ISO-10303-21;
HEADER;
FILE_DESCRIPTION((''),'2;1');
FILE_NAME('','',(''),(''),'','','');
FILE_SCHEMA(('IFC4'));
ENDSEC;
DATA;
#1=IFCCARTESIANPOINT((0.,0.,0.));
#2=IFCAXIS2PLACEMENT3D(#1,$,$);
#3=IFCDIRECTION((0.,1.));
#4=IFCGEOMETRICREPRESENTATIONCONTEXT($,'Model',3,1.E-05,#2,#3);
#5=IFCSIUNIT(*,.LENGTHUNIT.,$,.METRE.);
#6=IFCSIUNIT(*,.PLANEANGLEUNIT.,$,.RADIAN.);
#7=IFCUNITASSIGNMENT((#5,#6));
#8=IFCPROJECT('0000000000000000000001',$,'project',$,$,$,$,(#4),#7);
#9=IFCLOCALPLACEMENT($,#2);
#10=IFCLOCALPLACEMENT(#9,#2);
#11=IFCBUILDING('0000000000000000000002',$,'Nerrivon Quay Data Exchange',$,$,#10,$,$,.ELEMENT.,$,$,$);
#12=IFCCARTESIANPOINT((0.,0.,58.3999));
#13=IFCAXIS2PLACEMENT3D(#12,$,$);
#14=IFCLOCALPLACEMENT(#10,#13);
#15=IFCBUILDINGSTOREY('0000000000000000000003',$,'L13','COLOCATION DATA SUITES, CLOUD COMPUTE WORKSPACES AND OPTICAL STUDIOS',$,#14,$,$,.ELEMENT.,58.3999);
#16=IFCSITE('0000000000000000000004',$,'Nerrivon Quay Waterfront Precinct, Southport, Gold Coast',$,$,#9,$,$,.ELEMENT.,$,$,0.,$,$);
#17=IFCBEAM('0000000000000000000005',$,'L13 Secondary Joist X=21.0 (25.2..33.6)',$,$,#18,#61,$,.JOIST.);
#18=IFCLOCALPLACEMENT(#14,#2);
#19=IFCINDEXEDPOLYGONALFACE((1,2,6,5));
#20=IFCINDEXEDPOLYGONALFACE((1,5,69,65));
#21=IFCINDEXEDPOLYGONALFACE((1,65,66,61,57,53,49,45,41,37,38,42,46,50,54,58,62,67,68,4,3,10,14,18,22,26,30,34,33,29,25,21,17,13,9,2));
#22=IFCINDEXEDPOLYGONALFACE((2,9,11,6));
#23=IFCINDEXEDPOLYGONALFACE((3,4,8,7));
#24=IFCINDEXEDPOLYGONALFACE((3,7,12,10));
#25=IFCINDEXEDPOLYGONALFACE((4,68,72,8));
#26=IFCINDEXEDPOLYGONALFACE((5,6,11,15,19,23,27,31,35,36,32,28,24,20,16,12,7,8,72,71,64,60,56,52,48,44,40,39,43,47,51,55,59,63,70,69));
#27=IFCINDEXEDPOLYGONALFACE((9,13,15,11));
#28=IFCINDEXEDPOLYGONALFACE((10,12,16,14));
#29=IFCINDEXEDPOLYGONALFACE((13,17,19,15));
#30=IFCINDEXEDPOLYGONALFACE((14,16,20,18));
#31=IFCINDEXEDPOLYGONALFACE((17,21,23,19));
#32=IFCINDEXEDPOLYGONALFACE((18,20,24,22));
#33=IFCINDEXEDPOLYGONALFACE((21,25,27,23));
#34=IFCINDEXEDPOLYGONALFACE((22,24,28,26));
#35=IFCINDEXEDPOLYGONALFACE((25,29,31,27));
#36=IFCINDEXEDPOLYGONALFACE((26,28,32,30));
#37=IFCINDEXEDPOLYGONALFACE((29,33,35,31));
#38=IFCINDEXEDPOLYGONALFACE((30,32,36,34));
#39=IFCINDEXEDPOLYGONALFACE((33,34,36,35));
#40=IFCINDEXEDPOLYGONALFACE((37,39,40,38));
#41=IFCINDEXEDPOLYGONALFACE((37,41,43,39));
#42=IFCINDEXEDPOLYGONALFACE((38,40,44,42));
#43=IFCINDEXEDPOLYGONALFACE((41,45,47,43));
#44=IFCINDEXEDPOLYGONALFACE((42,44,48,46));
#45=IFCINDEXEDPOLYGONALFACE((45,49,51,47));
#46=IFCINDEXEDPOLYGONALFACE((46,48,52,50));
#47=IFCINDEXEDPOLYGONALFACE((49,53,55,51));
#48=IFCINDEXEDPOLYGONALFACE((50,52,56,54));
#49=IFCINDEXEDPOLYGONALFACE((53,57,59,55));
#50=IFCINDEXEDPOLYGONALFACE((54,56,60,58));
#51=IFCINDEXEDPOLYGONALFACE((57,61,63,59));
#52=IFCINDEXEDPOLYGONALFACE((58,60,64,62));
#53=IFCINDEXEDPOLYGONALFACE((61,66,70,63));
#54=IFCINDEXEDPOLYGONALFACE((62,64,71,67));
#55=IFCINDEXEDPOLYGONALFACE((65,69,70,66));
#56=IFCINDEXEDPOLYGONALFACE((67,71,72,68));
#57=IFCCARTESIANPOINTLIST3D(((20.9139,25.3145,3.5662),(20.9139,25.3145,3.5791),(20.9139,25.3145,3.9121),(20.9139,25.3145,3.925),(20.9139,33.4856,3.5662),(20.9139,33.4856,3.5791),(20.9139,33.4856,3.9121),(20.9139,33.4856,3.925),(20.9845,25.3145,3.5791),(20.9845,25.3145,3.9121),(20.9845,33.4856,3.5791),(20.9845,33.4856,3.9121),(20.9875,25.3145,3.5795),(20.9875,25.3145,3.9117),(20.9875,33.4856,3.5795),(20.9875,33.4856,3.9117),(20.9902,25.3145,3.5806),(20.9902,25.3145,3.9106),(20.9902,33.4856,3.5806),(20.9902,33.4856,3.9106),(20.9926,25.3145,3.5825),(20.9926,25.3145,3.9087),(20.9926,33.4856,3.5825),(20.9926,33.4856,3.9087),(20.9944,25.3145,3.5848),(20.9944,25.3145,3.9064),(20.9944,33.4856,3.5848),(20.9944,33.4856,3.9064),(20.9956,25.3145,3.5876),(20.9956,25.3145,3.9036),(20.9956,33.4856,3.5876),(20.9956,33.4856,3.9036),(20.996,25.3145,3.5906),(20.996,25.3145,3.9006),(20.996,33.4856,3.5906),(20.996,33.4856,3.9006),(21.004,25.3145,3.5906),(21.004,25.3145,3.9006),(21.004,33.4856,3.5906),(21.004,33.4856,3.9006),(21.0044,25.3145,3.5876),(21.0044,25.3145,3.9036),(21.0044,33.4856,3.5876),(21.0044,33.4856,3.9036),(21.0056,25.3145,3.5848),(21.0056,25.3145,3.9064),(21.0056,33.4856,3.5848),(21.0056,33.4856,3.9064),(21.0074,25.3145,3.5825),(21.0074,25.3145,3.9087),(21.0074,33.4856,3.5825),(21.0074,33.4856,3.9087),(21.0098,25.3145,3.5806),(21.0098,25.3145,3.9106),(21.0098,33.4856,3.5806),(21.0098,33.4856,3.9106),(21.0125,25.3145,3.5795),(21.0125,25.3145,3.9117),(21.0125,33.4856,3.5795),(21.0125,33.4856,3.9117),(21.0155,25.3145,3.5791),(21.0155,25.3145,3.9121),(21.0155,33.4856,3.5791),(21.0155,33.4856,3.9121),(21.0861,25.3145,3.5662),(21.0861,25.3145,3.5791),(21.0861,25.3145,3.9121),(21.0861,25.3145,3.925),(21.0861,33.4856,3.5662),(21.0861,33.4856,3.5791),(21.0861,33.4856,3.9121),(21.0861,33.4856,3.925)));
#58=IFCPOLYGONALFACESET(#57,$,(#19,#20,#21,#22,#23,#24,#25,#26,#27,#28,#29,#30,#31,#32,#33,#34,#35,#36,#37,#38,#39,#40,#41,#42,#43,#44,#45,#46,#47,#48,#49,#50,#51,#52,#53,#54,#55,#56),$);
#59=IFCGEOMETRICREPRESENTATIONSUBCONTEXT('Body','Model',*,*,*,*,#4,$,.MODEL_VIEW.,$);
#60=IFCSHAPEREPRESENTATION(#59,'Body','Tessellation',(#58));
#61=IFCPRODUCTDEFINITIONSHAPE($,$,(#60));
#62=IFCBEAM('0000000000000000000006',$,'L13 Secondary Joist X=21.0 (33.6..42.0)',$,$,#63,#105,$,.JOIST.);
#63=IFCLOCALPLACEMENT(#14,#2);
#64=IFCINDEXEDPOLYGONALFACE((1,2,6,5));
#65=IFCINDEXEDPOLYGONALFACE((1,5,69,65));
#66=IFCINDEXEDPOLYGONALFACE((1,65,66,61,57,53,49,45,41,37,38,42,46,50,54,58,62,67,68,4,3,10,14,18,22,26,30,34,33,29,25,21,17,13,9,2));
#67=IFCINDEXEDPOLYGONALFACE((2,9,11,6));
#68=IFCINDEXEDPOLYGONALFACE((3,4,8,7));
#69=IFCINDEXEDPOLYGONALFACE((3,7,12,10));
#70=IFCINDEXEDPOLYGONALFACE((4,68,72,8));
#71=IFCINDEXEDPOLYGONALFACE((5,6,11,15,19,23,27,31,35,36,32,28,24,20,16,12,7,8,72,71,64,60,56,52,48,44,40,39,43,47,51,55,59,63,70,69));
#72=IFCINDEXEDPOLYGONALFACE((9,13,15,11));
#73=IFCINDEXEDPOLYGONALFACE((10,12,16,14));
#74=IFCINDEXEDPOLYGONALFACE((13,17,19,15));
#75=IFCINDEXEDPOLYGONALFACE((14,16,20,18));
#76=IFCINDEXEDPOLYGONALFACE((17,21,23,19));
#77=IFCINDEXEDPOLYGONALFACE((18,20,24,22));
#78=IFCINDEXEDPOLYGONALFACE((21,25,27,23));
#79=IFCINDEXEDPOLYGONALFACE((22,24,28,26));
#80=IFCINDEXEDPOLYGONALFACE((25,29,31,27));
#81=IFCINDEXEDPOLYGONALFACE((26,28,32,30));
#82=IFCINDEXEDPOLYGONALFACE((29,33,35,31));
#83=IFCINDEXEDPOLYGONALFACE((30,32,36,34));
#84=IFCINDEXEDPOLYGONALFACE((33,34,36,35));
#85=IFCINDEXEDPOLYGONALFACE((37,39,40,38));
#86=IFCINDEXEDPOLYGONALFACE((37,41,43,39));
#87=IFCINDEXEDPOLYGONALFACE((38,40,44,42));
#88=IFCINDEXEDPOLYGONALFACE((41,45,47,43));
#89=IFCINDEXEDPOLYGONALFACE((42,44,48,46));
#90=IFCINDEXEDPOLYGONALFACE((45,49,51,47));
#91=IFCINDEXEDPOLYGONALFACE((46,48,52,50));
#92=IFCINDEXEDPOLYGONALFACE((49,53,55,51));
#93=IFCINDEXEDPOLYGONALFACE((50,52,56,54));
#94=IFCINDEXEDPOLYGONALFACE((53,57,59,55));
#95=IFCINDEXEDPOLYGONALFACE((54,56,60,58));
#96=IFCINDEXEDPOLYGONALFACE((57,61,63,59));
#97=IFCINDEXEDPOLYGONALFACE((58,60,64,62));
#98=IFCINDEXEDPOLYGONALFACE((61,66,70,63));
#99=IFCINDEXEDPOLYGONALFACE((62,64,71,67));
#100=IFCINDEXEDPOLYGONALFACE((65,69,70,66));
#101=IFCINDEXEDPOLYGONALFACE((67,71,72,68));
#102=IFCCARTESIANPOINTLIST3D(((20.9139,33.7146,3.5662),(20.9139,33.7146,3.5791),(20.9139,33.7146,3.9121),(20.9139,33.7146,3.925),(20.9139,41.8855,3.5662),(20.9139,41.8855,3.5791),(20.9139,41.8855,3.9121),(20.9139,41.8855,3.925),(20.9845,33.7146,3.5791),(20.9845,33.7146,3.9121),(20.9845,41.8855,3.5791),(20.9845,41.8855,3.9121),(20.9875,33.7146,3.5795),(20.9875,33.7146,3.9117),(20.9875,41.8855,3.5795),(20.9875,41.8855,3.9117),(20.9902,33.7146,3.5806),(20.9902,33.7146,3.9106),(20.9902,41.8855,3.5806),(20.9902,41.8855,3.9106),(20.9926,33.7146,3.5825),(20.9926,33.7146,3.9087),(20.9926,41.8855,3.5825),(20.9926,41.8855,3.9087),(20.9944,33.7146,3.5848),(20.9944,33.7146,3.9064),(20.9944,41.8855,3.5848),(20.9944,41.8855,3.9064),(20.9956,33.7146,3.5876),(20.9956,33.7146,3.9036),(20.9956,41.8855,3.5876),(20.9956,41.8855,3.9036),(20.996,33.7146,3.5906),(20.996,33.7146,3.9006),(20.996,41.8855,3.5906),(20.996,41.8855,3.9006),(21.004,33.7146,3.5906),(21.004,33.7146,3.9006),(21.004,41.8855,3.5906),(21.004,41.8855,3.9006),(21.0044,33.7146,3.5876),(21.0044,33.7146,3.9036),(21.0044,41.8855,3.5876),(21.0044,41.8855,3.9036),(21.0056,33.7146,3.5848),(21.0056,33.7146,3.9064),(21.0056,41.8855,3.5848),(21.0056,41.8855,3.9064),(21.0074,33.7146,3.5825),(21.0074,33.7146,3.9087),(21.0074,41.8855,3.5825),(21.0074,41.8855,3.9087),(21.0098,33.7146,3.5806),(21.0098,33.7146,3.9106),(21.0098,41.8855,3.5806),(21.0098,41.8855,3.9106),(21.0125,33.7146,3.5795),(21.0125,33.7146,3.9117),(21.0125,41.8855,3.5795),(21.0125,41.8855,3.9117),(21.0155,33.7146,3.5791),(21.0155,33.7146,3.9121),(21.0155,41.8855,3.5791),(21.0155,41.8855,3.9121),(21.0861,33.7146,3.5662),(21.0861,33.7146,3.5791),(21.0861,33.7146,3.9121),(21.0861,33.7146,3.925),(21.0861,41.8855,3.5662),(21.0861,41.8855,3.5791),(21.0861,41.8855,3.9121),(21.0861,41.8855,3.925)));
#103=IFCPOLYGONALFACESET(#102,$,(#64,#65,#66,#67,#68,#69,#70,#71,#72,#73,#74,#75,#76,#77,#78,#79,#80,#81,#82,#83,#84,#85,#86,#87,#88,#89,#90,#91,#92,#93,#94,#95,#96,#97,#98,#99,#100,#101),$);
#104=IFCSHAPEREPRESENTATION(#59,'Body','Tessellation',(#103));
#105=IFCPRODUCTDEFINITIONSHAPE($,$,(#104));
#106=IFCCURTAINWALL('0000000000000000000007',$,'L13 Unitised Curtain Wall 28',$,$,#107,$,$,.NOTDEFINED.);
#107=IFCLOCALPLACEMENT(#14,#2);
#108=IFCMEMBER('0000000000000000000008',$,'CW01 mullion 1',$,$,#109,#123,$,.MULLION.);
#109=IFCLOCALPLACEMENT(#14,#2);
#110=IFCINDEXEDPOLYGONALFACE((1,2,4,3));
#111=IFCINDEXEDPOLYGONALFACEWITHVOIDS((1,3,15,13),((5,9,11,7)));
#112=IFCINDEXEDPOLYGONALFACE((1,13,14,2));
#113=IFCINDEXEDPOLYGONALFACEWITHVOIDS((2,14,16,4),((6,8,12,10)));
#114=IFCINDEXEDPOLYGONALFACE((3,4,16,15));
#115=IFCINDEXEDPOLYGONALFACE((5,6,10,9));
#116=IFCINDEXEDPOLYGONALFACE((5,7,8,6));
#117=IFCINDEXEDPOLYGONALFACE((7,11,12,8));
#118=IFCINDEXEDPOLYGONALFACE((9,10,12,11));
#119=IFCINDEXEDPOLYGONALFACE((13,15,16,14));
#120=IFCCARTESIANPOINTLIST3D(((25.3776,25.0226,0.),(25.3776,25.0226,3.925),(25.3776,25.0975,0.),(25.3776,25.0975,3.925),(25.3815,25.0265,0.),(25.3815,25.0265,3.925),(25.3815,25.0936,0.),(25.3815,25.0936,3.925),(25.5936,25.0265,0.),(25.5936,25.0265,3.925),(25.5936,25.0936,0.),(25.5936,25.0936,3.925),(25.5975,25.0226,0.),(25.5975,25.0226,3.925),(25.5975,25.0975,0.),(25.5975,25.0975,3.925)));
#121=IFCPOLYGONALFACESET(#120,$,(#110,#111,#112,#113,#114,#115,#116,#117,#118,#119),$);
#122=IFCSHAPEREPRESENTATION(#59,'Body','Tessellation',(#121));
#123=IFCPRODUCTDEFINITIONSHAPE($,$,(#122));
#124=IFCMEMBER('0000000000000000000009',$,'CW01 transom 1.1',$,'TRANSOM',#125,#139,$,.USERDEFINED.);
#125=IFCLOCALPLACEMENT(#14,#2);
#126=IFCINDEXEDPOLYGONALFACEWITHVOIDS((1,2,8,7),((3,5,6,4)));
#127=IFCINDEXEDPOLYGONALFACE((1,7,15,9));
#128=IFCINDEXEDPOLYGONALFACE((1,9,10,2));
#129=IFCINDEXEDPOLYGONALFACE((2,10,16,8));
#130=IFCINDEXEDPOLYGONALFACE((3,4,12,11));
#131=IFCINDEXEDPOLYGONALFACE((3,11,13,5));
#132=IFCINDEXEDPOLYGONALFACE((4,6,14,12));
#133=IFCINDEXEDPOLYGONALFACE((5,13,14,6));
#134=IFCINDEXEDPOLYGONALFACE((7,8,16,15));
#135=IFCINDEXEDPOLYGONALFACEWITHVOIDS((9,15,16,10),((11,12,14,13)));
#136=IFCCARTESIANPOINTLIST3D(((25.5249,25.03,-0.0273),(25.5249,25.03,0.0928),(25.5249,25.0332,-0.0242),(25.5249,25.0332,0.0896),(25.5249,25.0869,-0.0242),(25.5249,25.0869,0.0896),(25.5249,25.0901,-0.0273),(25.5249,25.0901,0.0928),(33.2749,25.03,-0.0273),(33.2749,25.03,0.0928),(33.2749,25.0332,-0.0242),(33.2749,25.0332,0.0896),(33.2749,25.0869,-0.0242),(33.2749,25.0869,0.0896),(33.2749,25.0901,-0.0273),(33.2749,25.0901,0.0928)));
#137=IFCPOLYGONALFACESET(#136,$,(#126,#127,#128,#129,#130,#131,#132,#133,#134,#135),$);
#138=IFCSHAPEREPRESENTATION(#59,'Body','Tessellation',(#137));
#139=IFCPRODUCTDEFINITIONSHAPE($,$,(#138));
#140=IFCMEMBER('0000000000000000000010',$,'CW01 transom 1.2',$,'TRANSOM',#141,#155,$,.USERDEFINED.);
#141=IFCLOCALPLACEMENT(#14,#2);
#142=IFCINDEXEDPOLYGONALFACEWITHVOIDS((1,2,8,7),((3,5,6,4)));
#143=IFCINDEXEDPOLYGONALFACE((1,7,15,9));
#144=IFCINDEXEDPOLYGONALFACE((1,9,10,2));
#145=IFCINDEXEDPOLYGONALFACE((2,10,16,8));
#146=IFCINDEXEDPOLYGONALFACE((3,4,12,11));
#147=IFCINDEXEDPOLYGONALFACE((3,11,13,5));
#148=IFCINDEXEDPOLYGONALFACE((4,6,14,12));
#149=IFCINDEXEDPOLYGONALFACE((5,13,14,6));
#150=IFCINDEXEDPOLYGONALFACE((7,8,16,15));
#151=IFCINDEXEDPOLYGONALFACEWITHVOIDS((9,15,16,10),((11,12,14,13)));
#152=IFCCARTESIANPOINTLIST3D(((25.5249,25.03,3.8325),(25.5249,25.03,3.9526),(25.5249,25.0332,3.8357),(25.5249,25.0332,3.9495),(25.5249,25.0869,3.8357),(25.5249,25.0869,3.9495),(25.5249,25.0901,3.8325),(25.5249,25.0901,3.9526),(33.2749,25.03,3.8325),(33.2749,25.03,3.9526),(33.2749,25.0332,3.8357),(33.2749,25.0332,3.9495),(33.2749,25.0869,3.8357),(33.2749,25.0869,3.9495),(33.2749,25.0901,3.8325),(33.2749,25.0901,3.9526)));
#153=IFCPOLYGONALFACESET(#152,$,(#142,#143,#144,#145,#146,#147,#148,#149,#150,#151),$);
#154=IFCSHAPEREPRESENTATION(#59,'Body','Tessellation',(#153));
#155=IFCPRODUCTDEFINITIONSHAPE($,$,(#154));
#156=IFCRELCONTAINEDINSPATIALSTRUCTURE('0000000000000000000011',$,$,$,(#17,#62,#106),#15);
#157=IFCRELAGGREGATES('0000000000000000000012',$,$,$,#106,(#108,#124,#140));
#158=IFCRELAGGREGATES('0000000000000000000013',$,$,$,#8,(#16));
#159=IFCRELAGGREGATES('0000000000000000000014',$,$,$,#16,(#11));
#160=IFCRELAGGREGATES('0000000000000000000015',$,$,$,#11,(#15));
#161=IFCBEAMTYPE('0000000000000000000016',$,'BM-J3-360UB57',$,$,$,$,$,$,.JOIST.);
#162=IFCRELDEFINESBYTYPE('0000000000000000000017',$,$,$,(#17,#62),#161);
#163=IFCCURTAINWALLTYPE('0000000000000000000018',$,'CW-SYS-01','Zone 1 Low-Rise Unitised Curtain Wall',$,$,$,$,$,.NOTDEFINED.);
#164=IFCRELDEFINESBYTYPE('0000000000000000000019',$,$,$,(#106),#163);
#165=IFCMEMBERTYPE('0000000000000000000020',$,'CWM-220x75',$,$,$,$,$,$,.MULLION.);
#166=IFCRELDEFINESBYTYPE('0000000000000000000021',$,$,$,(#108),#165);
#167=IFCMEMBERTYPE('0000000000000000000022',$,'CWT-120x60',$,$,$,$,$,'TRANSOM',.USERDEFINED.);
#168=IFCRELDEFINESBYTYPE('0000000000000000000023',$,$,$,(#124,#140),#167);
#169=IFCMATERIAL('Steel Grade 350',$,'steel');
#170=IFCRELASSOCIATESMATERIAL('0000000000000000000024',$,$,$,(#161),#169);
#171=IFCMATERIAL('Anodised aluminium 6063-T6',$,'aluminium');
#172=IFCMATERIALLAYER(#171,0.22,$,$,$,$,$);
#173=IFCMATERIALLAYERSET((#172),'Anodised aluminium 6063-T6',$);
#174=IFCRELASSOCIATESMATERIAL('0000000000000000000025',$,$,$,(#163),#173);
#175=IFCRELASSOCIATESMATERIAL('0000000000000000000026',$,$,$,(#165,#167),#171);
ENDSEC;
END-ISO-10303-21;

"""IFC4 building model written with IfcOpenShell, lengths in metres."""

from ifc_helpers import new_model, si_unit, direction, frame, origin, origin_2d, place, context, subcontext, project, spatial, hollow_rectangle, i_section, extrude, material, layer, layer_set, material_profile, profile_set, type_object, element, aggregate, save


model = new_model("IFC4")

# Units and contexts
model_context = context("Model", 3, precision=1e-05, world=origin(), true_north=direction((0.0, 1.0)))
body_context = subcontext(model_context, "Body", "Model", "MODEL_VIEW")
ifc_project = project(units=[si_unit("LENGTHUNIT", "METRE"), si_unit("PLANEANGLEUNIT", "RADIAN")], contexts=[model_context])

# Site, building, storey
site_placement = place(None, origin())
site = spatial("IfcSite", under=ifc_project, at=site_placement, Name="Nerrivon Quay Waterfront Precinct, Southport, Gold Coast", CompositionType="ELEMENT", RefElevation=0.0)
building_placement = place(site_placement, origin())
building = spatial("IfcBuilding", under=site, at=building_placement, Name="Nerrivon Quay Data Exchange", CompositionType="ELEMENT")
storey_placement = place(building_placement, frame((0.0, 0.0, 58.3999)))
storey = spatial("IfcBuildingStorey", under=building, at=storey_placement, Name="L13", Description="COLOCATION DATA SUITES, CLOUD COMPUTE WORKSPACES AND OPTICAL STUDIOS", CompositionType="ELEMENT", Elevation=58.3999)

# Shared definitions
ifc_material_1 = material(Name="Steel Grade 350", Category="steel")

# Beams
ifc_material_profile_1 = material_profile(ifc_material_1, i_section(OverallWidth=0.1721, OverallDepth=0.3589, WebThickness=0.0081, FlangeThickness=0.0129, FilletRadius=0.0115, at=origin_2d()), Name="360UB56.7")
ifc_profile_set_1 = profile_set([ifc_material_profile_1], Name="Steel Grade 350")
beam_type_1 = type_object("IfcBeamType", Name="BM-J3-360UB57", PredefinedType="JOIST", material=ifc_profile_set_1)
beam_1_placement = place(storey_placement, frame((21.0, 25.3145, 3.7456), z_axis=(0.0, 1.0, 0.0), x_axis=(-1.0, 0.0, 0.0)))
element("IfcBeam", 1, at=beam_1_placement, inside=storey, type_object=beam_type_1, Name="L13 Secondary Joist X=21.0 (25.2..33.6)", PredefinedType="JOIST", context=body_context, shape_type="SweptSolid", body=[
    extrude(i_section(OverallWidth=0.1721, OverallDepth=0.3589, WebThickness=0.0081, FlangeThickness=0.0129, FilletRadius=0.0115, at=origin_2d()), origin(), (0.0, 0.0, 1.0), 8.1711),
])
beam_2_placement = place(storey_placement, frame((21.0, 33.7146, 3.7456), z_axis=(0.0, 1.0, 0.0), x_axis=(-1.0, 0.0, 0.0)))
element("IfcBeam", 2, at=beam_2_placement, inside=storey, type_object=beam_type_1, Name="L13 Secondary Joist X=21.0 (33.6..42.0)", PredefinedType="JOIST", context=body_context, shape_type="SweptSolid", body=[
    extrude(i_section(OverallWidth=0.1721, OverallDepth=0.3589, WebThickness=0.0081, FlangeThickness=0.0129, FilletRadius=0.0115, at=origin_2d()), origin(), (0.0, 0.0, 1.0), 8.1709),
])

# Curtain wall, members
ifc_material_2 = material(Name="Anodised aluminium 6063-T6", Category="aluminium")
ifc_layer_1 = layer(ifc_material_2, 0.22)
ifc_layer_set_1 = layer_set([ifc_layer_1], Name="Anodised aluminium 6063-T6")
curtain_wall_type = type_object("IfcCurtainWallType", Name="CW-SYS-01", Description="Zone 1 Low-Rise Unitised Curtain Wall", PredefinedType="NOTDEFINED", material=ifc_layer_set_1)
curtain_wall_placement = place(storey_placement, origin())
curtain_wall = element("IfcCurtainWall", 3, at=curtain_wall_placement, inside=storey, type_object=curtain_wall_type, Name="L13 Unitised Curtain Wall 28", PredefinedType="NOTDEFINED")
ifc_material_profile_2 = material_profile(ifc_material_2, hollow_rectangle(XDim=0.075, YDim=0.22, WallThickness=0.0039, at=origin_2d()), Name="ALU-MULL-220x75")
ifc_profile_set_2 = profile_set([ifc_material_profile_2], Name="Anodised aluminium 6063-T6")
member_type_1 = type_object("IfcMemberType", Name="CWM-220x75", PredefinedType="MULLION", material=ifc_profile_set_2)
member_1_placement = place(storey_placement, frame((25.4875, 25.0601, 0.0), z_axis=(0.0, 0.0, 1.0), x_axis=(0.0, 1.0, 0.0)))
member_1 = element("IfcMember", 4, at=member_1_placement, type_object=member_type_1, Name="CW01 mullion 1", PredefinedType="MULLION", context=body_context, shape_type="SweptSolid", body=[
    extrude(hollow_rectangle(XDim=0.075, YDim=0.22, WallThickness=0.0039, at=origin_2d()), origin(), (0.0, 0.0, 1.0), 3.925),
])
ifc_material_profile_3 = material_profile(ifc_material_2, hollow_rectangle(XDim=0.0601, YDim=0.1201, WallThickness=0.0032, at=origin_2d()), Name="ALU-TRAN-120x60")
ifc_profile_set_3 = profile_set([ifc_material_profile_3], Name="Anodised aluminium 6063-T6")
member_type_2 = type_object("IfcMemberType", Name="CWT-120x60", ElementType="TRANSOM", PredefinedType="USERDEFINED", material=ifc_profile_set_3)
member_2_placement = place(storey_placement, frame((25.5249, 25.0601, 0.0327), z_axis=(1.0, 0.0, 0.0), x_axis=(0.0, 1.0, 0.0)))
member_2 = element("IfcMember", 5, at=member_2_placement, type_object=member_type_2, Name="CW01 transom 1.1", ObjectType="TRANSOM", PredefinedType="USERDEFINED", context=body_context, shape_type="SweptSolid", body=[
    extrude(hollow_rectangle(XDim=0.0601, YDim=0.1201, WallThickness=0.0032, at=origin_2d()), origin(), (0.0, 0.0, 1.0), 7.75),
])
member_3_placement = place(storey_placement, frame((25.5249, 25.0601, 3.8926), z_axis=(1.0, 0.0, 0.0), x_axis=(0.0, 1.0, 0.0)))
member_3 = element("IfcMember", 6, at=member_3_placement, type_object=member_type_2, Name="CW01 transom 1.2", ObjectType="TRANSOM", PredefinedType="USERDEFINED", context=body_context, shape_type="SweptSolid", body=[
    extrude(hollow_rectangle(XDim=0.0601, YDim=0.1201, WallThickness=0.0032, at=origin_2d()), origin(), (0.0, 0.0, 1.0), 7.75),
])
aggregate(curtain_wall, [member_1, member_2, member_3])

save(model, "model.ifc")
